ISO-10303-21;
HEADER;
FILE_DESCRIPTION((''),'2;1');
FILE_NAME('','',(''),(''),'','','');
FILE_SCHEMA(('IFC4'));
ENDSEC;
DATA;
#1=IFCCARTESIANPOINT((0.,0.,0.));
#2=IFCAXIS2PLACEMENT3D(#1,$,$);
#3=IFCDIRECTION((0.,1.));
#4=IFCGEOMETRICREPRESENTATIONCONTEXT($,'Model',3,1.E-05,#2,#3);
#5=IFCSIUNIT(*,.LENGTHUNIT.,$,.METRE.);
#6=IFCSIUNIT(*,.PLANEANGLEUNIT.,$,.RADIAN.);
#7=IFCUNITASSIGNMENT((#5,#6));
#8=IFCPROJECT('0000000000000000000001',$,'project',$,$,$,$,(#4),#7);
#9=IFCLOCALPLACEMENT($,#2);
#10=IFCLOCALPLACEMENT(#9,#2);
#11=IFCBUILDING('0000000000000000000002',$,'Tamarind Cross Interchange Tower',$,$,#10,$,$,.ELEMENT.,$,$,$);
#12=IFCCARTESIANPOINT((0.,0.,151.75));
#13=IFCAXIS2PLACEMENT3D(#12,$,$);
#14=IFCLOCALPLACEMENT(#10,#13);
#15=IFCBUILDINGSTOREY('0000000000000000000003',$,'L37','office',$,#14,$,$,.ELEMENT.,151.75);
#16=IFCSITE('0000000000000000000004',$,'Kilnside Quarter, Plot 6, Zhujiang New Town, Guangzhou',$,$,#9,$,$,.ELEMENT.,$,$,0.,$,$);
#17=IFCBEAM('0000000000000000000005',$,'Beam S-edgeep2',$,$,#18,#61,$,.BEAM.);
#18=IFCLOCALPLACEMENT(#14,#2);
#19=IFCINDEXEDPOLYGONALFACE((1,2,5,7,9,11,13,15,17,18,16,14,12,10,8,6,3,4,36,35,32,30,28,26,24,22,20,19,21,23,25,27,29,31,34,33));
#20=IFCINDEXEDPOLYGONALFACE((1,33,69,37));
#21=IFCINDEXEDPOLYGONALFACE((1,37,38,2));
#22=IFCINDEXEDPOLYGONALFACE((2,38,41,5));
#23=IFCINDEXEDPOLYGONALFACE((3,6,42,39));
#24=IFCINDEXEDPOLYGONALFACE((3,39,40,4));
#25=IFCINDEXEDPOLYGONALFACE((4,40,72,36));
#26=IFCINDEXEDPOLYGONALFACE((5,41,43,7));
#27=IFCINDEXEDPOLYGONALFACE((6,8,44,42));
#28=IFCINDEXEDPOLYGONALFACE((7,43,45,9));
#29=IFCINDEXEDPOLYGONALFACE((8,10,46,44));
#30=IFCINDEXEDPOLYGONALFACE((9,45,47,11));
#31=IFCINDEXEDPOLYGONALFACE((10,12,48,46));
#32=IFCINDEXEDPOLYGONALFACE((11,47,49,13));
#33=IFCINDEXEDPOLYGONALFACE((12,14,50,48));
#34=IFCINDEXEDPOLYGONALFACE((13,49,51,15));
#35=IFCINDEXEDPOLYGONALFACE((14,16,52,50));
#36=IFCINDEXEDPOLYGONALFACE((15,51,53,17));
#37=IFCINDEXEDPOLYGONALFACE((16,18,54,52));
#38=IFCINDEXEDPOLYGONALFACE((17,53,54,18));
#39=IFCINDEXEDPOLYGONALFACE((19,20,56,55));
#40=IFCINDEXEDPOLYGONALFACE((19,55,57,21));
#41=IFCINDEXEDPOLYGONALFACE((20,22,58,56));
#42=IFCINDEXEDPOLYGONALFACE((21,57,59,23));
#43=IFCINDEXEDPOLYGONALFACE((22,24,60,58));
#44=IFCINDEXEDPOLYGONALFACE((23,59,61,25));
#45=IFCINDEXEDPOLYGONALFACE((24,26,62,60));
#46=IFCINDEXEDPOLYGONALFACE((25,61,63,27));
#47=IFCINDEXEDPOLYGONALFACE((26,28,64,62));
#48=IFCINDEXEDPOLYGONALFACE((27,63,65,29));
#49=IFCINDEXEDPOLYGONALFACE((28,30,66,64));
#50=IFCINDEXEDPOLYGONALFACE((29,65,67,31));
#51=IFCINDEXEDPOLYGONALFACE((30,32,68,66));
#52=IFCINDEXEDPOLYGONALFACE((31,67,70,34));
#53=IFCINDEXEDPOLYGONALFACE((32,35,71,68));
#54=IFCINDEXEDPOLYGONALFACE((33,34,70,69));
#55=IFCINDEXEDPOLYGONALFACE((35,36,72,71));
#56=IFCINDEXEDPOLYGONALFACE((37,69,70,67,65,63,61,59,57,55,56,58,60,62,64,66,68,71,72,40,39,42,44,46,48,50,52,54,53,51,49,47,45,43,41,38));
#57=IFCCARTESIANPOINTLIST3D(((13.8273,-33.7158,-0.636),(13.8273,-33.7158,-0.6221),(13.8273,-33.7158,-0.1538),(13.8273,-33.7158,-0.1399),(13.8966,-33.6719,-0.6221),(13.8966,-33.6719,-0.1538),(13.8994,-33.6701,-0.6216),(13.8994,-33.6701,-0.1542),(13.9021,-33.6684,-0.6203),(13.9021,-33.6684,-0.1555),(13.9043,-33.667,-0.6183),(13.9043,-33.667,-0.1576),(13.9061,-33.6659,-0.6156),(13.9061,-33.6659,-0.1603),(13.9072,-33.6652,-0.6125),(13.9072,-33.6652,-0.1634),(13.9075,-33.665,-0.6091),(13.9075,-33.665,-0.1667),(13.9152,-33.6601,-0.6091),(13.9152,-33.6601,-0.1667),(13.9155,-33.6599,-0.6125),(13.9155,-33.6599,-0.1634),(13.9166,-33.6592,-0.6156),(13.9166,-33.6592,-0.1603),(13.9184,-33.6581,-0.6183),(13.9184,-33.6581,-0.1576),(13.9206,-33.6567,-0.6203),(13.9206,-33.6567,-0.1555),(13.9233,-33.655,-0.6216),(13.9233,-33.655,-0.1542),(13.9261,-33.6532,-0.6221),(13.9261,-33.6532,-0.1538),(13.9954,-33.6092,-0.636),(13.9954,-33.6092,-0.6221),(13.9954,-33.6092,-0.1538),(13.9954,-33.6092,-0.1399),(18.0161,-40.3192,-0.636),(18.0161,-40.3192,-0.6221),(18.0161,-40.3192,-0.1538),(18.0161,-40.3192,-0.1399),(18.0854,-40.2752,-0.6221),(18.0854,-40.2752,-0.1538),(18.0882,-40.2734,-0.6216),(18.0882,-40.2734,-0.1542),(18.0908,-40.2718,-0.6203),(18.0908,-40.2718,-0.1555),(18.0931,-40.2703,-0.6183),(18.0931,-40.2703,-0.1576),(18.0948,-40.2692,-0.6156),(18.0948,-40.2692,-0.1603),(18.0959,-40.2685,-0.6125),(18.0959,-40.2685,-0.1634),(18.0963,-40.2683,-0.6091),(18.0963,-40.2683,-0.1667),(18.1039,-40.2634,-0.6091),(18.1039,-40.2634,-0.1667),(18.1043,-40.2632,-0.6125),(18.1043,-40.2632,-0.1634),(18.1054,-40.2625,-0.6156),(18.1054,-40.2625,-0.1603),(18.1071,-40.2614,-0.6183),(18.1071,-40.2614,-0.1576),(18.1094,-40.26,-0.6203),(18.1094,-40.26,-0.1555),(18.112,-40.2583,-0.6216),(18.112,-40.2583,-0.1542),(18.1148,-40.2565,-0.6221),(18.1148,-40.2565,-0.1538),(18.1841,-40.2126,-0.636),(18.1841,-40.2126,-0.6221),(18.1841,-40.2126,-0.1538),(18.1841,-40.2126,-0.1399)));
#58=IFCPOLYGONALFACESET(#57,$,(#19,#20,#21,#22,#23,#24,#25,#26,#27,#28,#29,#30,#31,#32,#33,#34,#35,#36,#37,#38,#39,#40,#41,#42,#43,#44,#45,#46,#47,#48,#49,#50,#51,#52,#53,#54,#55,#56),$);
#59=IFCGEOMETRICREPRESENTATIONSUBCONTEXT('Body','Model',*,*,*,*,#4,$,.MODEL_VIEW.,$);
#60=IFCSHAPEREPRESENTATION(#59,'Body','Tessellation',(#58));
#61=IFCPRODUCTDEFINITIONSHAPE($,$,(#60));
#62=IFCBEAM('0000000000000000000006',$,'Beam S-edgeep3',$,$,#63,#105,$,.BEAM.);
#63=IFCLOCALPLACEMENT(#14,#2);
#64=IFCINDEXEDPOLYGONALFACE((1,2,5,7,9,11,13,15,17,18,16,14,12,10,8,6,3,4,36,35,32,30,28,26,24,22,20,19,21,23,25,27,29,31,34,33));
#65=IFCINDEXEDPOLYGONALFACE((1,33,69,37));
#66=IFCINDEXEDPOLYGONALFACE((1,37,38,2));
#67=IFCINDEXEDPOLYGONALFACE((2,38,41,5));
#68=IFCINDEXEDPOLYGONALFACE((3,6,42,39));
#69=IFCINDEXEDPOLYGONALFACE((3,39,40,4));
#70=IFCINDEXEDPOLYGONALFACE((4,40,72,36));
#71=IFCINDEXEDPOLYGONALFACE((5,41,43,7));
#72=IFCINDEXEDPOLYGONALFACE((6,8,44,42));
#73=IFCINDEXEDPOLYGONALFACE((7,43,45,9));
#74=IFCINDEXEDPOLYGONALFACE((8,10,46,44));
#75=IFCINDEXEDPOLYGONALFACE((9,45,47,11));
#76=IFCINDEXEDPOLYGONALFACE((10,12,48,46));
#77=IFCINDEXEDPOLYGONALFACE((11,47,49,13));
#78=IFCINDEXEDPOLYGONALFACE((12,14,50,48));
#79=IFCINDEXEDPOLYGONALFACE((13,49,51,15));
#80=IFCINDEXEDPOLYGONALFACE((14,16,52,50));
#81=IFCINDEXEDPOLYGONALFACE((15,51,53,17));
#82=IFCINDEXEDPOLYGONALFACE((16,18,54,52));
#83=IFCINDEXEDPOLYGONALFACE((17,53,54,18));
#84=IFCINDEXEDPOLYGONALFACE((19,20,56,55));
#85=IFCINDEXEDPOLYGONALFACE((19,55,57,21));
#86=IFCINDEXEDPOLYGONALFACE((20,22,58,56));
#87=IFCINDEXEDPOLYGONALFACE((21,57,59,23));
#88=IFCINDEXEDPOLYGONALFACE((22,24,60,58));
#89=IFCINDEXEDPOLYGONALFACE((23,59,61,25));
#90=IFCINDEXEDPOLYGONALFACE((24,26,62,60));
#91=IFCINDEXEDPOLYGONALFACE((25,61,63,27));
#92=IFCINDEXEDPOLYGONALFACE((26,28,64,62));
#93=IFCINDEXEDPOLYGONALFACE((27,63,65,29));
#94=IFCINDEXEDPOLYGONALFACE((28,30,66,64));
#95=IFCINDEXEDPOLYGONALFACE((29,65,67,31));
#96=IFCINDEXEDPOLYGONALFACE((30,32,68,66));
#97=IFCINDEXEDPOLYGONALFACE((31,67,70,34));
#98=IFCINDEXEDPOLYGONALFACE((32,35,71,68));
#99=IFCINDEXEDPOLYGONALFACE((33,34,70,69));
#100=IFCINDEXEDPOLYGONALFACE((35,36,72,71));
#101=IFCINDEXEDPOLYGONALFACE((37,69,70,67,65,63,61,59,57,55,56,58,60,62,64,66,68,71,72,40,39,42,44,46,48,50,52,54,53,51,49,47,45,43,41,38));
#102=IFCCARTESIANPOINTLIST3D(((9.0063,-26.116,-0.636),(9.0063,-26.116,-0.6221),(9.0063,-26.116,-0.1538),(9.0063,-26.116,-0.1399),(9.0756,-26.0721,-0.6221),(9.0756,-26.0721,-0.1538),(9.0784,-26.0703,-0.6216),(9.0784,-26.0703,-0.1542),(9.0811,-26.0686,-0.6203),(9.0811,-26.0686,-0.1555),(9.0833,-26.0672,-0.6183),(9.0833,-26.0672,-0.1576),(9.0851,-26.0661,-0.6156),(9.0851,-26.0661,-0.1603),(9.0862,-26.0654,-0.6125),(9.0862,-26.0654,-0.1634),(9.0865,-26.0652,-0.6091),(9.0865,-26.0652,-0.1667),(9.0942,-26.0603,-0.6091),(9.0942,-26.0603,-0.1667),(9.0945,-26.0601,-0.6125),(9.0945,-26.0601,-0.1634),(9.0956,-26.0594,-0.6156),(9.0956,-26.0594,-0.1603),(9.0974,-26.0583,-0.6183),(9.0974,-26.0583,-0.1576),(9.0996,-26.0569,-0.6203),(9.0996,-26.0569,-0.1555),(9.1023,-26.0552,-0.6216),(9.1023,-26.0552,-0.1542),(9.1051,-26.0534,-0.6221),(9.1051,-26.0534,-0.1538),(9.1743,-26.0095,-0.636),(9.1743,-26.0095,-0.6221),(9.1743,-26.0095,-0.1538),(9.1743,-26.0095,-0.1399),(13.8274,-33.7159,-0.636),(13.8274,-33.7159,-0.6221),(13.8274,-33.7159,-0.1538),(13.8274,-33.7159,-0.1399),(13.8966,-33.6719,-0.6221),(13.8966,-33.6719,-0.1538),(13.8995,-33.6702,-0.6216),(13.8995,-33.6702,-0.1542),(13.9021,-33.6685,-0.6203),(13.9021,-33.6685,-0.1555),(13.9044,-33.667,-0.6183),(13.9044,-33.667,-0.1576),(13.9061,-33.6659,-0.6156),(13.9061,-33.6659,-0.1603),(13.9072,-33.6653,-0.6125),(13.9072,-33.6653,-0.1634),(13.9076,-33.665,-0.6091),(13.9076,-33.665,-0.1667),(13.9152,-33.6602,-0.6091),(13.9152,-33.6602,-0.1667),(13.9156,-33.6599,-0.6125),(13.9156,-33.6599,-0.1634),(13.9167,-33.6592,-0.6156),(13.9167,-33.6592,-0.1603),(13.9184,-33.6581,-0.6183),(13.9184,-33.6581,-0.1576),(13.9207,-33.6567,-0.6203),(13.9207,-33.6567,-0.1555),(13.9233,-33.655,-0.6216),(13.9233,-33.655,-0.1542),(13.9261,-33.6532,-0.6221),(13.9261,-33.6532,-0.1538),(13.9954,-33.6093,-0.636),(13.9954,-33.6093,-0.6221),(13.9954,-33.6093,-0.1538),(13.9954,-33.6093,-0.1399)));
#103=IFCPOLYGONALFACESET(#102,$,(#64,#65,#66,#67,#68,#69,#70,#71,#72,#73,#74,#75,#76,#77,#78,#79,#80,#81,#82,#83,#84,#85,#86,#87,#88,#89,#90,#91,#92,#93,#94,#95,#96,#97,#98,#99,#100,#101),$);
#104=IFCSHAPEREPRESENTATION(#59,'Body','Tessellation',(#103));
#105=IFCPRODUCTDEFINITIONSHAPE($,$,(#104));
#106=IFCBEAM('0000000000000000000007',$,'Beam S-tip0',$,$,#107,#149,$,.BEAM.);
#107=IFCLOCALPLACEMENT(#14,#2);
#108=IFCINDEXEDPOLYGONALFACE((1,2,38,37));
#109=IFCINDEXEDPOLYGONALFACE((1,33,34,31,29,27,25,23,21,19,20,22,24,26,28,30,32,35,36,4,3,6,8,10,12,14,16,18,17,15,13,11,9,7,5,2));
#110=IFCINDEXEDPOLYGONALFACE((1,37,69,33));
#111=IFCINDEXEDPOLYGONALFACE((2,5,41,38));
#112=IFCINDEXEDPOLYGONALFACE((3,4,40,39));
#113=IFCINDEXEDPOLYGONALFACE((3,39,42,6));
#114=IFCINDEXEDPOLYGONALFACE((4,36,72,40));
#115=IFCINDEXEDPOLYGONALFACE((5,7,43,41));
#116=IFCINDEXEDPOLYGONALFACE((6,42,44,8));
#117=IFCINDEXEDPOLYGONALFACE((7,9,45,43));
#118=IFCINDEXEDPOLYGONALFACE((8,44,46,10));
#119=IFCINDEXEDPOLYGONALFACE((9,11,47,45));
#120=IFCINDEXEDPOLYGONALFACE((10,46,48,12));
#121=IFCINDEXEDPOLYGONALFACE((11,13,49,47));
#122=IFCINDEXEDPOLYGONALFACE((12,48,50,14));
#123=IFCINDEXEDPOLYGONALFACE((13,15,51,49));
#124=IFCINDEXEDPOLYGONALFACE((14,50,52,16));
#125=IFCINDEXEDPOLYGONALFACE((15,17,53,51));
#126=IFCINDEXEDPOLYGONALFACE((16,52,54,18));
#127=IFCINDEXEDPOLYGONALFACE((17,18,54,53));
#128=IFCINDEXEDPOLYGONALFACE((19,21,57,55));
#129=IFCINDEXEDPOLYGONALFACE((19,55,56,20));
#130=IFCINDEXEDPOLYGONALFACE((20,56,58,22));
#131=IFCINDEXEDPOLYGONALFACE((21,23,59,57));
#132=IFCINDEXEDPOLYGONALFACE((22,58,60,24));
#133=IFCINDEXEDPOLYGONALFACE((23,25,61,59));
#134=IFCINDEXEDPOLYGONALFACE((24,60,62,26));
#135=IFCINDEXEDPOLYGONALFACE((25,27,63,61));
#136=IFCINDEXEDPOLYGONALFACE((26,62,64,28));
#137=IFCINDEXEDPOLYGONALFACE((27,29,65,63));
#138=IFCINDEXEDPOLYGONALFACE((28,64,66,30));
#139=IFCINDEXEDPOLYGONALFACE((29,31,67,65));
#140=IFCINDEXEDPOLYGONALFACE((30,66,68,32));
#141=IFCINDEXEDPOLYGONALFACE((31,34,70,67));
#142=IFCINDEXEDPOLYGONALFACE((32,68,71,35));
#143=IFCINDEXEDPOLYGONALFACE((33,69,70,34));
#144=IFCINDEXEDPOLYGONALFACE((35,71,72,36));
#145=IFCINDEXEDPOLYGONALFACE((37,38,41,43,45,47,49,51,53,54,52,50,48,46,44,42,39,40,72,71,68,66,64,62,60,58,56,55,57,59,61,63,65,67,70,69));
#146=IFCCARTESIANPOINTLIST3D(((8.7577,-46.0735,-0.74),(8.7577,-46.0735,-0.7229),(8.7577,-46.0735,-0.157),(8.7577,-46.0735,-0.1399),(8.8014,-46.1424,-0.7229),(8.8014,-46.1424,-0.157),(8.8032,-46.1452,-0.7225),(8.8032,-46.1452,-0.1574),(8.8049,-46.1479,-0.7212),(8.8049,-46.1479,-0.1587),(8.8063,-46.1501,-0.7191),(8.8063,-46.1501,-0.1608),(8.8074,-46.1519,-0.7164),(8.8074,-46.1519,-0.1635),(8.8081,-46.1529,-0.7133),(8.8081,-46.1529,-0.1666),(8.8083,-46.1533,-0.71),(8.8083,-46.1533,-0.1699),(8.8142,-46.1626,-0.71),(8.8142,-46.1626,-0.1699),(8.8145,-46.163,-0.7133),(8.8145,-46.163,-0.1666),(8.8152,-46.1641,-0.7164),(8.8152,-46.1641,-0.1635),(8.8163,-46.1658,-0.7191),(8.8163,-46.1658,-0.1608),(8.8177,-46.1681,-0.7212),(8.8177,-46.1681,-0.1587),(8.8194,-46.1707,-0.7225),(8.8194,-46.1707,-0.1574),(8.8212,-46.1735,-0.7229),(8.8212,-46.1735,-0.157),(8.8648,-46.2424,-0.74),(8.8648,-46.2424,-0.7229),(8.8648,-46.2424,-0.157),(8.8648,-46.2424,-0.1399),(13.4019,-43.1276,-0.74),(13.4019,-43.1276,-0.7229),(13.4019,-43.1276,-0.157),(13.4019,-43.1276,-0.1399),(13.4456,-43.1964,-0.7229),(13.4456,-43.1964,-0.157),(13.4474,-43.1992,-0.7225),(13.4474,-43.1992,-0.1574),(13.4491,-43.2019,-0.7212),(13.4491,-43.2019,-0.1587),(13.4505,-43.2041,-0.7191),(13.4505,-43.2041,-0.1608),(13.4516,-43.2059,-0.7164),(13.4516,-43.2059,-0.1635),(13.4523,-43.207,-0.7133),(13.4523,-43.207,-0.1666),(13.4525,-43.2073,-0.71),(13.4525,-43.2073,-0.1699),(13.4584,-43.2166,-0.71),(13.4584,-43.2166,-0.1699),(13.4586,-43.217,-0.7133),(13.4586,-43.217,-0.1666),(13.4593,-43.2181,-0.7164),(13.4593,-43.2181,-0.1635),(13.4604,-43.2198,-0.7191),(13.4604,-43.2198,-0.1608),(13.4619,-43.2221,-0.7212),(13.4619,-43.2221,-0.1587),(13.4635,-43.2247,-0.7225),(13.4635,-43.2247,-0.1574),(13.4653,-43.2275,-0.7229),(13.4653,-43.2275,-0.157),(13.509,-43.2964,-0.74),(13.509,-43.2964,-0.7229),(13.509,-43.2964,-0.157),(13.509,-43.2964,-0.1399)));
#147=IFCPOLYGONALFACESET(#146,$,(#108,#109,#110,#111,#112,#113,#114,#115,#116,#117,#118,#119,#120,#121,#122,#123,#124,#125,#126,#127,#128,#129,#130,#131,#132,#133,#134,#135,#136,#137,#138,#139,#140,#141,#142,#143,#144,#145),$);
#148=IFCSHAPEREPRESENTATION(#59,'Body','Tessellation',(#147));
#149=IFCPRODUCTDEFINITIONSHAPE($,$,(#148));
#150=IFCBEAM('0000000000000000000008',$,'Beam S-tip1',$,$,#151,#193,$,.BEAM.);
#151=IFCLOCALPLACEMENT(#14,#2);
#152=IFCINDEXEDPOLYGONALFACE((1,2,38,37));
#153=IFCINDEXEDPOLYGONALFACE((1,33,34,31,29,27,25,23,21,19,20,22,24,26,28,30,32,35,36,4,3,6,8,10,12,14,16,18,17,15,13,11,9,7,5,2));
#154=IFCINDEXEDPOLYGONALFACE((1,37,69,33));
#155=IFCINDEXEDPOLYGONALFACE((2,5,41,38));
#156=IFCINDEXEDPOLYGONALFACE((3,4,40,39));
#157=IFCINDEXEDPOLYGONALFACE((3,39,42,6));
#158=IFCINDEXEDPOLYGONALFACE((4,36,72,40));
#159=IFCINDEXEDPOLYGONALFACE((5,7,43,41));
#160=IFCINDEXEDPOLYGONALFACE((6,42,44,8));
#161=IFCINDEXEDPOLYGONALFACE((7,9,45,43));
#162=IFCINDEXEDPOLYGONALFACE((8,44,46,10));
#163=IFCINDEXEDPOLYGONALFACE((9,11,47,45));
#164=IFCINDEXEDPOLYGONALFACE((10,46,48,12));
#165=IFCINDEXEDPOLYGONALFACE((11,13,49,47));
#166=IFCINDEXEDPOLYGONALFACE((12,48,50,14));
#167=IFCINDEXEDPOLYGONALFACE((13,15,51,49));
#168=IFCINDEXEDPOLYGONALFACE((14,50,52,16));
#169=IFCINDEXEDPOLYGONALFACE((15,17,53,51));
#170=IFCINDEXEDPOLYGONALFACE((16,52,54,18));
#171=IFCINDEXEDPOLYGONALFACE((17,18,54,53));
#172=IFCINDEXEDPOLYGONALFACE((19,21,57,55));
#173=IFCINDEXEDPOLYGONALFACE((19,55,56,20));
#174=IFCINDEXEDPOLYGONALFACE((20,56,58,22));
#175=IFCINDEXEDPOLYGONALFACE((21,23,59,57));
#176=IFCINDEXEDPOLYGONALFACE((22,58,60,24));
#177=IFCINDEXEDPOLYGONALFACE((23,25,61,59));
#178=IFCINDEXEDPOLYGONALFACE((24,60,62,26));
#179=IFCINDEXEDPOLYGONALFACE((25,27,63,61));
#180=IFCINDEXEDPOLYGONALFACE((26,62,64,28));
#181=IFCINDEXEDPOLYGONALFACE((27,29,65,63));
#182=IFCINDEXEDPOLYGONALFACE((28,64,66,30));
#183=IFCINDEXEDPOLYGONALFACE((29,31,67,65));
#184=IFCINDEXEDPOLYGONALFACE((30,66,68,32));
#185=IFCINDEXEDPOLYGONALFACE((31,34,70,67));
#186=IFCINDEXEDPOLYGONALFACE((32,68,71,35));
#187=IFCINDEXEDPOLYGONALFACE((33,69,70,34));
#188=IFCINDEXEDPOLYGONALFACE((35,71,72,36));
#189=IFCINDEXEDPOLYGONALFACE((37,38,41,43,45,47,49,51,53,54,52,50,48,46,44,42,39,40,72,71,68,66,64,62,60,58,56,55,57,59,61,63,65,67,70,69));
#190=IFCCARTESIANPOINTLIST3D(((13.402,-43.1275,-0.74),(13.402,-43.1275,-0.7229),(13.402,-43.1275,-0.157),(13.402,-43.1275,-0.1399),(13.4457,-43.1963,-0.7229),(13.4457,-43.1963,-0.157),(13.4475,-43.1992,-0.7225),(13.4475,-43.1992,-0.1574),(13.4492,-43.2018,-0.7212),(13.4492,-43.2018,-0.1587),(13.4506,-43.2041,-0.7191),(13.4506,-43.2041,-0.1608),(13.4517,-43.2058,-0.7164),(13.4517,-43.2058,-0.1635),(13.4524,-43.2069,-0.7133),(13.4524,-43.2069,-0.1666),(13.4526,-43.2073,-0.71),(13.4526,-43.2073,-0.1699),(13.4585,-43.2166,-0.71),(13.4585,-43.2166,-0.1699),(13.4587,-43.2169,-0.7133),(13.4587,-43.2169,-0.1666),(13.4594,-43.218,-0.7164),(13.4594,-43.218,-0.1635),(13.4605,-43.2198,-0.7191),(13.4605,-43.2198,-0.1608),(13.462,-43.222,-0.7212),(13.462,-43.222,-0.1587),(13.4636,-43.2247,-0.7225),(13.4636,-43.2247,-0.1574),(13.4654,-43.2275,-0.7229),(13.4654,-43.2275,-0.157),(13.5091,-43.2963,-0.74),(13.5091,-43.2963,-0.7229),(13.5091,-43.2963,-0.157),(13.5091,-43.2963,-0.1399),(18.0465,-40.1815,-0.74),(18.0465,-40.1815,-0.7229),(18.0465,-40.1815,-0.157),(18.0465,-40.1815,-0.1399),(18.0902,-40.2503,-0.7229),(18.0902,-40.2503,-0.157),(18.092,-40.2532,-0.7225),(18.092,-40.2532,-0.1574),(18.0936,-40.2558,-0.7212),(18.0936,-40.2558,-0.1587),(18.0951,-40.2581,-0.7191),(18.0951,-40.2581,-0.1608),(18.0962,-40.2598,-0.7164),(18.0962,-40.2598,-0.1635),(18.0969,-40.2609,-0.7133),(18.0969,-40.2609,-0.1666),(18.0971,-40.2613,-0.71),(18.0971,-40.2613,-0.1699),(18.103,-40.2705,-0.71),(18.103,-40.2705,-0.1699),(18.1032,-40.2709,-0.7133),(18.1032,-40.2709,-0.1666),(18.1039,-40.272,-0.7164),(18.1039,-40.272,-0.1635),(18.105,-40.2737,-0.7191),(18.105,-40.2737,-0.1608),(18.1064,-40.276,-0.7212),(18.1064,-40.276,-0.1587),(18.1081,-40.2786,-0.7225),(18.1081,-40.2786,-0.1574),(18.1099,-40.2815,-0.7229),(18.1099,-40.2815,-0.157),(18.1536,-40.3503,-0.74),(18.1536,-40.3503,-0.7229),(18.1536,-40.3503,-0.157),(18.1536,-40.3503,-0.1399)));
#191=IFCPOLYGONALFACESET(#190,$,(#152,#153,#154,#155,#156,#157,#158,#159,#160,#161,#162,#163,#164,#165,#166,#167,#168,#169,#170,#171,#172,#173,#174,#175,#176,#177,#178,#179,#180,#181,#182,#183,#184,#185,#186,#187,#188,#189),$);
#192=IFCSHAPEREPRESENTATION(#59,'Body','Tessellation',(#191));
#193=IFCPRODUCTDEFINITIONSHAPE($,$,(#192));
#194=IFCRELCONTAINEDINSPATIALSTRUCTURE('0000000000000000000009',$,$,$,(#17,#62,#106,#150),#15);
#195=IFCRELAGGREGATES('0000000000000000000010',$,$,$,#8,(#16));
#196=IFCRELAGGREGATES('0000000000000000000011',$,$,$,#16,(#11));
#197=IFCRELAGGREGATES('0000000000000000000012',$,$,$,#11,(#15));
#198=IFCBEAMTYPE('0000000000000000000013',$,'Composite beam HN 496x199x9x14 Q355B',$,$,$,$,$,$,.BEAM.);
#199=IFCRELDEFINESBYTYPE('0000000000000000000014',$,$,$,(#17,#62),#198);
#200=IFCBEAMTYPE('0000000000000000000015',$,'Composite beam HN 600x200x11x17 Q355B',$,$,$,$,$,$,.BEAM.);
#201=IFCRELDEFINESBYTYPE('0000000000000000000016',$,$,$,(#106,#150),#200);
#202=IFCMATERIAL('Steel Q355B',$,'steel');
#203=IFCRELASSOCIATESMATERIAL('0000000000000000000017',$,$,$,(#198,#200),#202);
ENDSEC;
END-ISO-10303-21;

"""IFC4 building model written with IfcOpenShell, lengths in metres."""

from ifc_helpers import new_model, si_unit, direction, frame, origin, origin_2d, place, context, subcontext, project, spatial, i_section, extrude, material, material_profile, profile_set, type_object, element, save


model = new_model("IFC4")

# Units and contexts
model_context = context("Model", 3, precision=1e-05, world=origin(), true_north=direction((0.0, 1.0)))
body_context = subcontext(model_context, "Body", "Model", "MODEL_VIEW")
ifc_project = project(units=[si_unit("LENGTHUNIT", "METRE"), si_unit("PLANEANGLEUNIT", "RADIAN")], contexts=[model_context])

# Site, building, storey
site_placement = place(None, origin())
site = spatial("IfcSite", under=ifc_project, at=site_placement, Name="Kilnside Quarter, Plot 6, Zhujiang New Town, Guangzhou", CompositionType="ELEMENT", RefElevation=0.0)
building_placement = place(site_placement, origin())
building = spatial("IfcBuilding", under=site, at=building_placement, Name="Tamarind Cross Interchange Tower", CompositionType="ELEMENT")
storey_placement = place(building_placement, frame((0.0, 0.0, 151.75)))
storey = spatial("IfcBuildingStorey", under=building, at=storey_placement, Name="L37", Description="office", CompositionType="ELEMENT", Elevation=151.75)

# Beams
ifc_material_1 = material(Name="Steel Q355B", Category="steel")
ifc_material_profile_1 = material_profile(ifc_material_1, i_section(OverallWidth=0.199, OverallDepth=0.4961, WebThickness=0.009, FlangeThickness=0.0139, FilletRadius=0.0129, at=origin_2d()), Name="HN 496x199x9x14")
ifc_profile_set_1 = profile_set([ifc_material_profile_1], Name="Steel Q355B")
beam_type_1 = type_object("IfcBeamType", Name="Composite beam HN 496x199x9x14 Q355B", PredefinedType="BEAM", material=ifc_profile_set_1)
beam_1_placement = place(storey_placement, frame((18.1001, -40.2659, -0.3879), z_axis=(-0.535659, 0.844435, 0.0), x_axis=(-0.844435, -0.535659, 0.0)))
element("IfcBeam", 1, at=beam_1_placement, inside=storey, type_object=beam_type_1, Name="Beam S-edgeep2", PredefinedType="BEAM", context=body_context, shape_type="SweptSolid", body=[
    extrude(i_section(OverallWidth=0.199, OverallDepth=0.4961, WebThickness=0.009, FlangeThickness=0.0139, FilletRadius=0.0129, at=origin_2d()), origin(), (0.0, 0.0, 1.0), 7.8198),
])
beam_2_placement = place(storey_placement, frame((13.9114, -33.6626, -0.3879), z_axis=(-0.535671, 0.844427, 0.0), x_axis=(-0.844427, -0.535671, 0.0)))
element("IfcBeam", 2, at=beam_2_placement, inside=storey, type_object=beam_type_1, Name="Beam S-edgeep3", PredefinedType="BEAM", context=body_context, shape_type="SweptSolid", body=[
    extrude(i_section(OverallWidth=0.199, OverallDepth=0.4961, WebThickness=0.009, FlangeThickness=0.0139, FilletRadius=0.0129, at=origin_2d()), origin(), (0.0, 0.0, 1.0), 9.0),
])
ifc_material_profile_2 = material_profile(ifc_material_1, i_section(OverallWidth=0.2, OverallDepth=0.6001, WebThickness=0.011, FlangeThickness=0.0171, FilletRadius=0.0129, at=origin_2d()), Name="HN 600x200x11x17")
ifc_profile_set_2 = profile_set([ifc_material_profile_2], Name="Steel Q355B")
beam_type_2 = type_object("IfcBeamType", Name="Composite beam HN 600x200x11x17 Q355B", PredefinedType="BEAM", material=ifc_profile_set_2)
beam_3_placement = place(storey_placement, frame((8.8113, -46.158, -0.4399), z_axis=(0.844436, 0.535657, 0.0), x_axis=(-0.535657, 0.844436, 0.0)))
element("IfcBeam", 3, at=beam_3_placement, inside=storey, type_object=beam_type_2, Name="Beam S-tip0", PredefinedType="BEAM", context=body_context, shape_type="SweptSolid", body=[
    extrude(i_section(OverallWidth=0.2, OverallDepth=0.6001, WebThickness=0.011, FlangeThickness=0.0171, FilletRadius=0.0129, at=origin_2d()), origin(), (0.0, 0.0, 1.0), 5.4998),
])
beam_4_placement = place(storey_placement, frame((13.4556, -43.2119, -0.4399), z_axis=(0.844448, 0.535637, 0.0), x_axis=(-0.535637, 0.844448, 0.0)))
element("IfcBeam", 4, at=beam_4_placement, inside=storey, type_object=beam_type_2, Name="Beam S-tip1", PredefinedType="BEAM", context=body_context, shape_type="SweptSolid", body=[
    extrude(i_section(OverallWidth=0.2, OverallDepth=0.6001, WebThickness=0.011, FlangeThickness=0.0171, FilletRadius=0.0129, at=origin_2d()), origin(), (0.0, 0.0, 1.0), 5.5),
])

save(model, "model.ifc")
